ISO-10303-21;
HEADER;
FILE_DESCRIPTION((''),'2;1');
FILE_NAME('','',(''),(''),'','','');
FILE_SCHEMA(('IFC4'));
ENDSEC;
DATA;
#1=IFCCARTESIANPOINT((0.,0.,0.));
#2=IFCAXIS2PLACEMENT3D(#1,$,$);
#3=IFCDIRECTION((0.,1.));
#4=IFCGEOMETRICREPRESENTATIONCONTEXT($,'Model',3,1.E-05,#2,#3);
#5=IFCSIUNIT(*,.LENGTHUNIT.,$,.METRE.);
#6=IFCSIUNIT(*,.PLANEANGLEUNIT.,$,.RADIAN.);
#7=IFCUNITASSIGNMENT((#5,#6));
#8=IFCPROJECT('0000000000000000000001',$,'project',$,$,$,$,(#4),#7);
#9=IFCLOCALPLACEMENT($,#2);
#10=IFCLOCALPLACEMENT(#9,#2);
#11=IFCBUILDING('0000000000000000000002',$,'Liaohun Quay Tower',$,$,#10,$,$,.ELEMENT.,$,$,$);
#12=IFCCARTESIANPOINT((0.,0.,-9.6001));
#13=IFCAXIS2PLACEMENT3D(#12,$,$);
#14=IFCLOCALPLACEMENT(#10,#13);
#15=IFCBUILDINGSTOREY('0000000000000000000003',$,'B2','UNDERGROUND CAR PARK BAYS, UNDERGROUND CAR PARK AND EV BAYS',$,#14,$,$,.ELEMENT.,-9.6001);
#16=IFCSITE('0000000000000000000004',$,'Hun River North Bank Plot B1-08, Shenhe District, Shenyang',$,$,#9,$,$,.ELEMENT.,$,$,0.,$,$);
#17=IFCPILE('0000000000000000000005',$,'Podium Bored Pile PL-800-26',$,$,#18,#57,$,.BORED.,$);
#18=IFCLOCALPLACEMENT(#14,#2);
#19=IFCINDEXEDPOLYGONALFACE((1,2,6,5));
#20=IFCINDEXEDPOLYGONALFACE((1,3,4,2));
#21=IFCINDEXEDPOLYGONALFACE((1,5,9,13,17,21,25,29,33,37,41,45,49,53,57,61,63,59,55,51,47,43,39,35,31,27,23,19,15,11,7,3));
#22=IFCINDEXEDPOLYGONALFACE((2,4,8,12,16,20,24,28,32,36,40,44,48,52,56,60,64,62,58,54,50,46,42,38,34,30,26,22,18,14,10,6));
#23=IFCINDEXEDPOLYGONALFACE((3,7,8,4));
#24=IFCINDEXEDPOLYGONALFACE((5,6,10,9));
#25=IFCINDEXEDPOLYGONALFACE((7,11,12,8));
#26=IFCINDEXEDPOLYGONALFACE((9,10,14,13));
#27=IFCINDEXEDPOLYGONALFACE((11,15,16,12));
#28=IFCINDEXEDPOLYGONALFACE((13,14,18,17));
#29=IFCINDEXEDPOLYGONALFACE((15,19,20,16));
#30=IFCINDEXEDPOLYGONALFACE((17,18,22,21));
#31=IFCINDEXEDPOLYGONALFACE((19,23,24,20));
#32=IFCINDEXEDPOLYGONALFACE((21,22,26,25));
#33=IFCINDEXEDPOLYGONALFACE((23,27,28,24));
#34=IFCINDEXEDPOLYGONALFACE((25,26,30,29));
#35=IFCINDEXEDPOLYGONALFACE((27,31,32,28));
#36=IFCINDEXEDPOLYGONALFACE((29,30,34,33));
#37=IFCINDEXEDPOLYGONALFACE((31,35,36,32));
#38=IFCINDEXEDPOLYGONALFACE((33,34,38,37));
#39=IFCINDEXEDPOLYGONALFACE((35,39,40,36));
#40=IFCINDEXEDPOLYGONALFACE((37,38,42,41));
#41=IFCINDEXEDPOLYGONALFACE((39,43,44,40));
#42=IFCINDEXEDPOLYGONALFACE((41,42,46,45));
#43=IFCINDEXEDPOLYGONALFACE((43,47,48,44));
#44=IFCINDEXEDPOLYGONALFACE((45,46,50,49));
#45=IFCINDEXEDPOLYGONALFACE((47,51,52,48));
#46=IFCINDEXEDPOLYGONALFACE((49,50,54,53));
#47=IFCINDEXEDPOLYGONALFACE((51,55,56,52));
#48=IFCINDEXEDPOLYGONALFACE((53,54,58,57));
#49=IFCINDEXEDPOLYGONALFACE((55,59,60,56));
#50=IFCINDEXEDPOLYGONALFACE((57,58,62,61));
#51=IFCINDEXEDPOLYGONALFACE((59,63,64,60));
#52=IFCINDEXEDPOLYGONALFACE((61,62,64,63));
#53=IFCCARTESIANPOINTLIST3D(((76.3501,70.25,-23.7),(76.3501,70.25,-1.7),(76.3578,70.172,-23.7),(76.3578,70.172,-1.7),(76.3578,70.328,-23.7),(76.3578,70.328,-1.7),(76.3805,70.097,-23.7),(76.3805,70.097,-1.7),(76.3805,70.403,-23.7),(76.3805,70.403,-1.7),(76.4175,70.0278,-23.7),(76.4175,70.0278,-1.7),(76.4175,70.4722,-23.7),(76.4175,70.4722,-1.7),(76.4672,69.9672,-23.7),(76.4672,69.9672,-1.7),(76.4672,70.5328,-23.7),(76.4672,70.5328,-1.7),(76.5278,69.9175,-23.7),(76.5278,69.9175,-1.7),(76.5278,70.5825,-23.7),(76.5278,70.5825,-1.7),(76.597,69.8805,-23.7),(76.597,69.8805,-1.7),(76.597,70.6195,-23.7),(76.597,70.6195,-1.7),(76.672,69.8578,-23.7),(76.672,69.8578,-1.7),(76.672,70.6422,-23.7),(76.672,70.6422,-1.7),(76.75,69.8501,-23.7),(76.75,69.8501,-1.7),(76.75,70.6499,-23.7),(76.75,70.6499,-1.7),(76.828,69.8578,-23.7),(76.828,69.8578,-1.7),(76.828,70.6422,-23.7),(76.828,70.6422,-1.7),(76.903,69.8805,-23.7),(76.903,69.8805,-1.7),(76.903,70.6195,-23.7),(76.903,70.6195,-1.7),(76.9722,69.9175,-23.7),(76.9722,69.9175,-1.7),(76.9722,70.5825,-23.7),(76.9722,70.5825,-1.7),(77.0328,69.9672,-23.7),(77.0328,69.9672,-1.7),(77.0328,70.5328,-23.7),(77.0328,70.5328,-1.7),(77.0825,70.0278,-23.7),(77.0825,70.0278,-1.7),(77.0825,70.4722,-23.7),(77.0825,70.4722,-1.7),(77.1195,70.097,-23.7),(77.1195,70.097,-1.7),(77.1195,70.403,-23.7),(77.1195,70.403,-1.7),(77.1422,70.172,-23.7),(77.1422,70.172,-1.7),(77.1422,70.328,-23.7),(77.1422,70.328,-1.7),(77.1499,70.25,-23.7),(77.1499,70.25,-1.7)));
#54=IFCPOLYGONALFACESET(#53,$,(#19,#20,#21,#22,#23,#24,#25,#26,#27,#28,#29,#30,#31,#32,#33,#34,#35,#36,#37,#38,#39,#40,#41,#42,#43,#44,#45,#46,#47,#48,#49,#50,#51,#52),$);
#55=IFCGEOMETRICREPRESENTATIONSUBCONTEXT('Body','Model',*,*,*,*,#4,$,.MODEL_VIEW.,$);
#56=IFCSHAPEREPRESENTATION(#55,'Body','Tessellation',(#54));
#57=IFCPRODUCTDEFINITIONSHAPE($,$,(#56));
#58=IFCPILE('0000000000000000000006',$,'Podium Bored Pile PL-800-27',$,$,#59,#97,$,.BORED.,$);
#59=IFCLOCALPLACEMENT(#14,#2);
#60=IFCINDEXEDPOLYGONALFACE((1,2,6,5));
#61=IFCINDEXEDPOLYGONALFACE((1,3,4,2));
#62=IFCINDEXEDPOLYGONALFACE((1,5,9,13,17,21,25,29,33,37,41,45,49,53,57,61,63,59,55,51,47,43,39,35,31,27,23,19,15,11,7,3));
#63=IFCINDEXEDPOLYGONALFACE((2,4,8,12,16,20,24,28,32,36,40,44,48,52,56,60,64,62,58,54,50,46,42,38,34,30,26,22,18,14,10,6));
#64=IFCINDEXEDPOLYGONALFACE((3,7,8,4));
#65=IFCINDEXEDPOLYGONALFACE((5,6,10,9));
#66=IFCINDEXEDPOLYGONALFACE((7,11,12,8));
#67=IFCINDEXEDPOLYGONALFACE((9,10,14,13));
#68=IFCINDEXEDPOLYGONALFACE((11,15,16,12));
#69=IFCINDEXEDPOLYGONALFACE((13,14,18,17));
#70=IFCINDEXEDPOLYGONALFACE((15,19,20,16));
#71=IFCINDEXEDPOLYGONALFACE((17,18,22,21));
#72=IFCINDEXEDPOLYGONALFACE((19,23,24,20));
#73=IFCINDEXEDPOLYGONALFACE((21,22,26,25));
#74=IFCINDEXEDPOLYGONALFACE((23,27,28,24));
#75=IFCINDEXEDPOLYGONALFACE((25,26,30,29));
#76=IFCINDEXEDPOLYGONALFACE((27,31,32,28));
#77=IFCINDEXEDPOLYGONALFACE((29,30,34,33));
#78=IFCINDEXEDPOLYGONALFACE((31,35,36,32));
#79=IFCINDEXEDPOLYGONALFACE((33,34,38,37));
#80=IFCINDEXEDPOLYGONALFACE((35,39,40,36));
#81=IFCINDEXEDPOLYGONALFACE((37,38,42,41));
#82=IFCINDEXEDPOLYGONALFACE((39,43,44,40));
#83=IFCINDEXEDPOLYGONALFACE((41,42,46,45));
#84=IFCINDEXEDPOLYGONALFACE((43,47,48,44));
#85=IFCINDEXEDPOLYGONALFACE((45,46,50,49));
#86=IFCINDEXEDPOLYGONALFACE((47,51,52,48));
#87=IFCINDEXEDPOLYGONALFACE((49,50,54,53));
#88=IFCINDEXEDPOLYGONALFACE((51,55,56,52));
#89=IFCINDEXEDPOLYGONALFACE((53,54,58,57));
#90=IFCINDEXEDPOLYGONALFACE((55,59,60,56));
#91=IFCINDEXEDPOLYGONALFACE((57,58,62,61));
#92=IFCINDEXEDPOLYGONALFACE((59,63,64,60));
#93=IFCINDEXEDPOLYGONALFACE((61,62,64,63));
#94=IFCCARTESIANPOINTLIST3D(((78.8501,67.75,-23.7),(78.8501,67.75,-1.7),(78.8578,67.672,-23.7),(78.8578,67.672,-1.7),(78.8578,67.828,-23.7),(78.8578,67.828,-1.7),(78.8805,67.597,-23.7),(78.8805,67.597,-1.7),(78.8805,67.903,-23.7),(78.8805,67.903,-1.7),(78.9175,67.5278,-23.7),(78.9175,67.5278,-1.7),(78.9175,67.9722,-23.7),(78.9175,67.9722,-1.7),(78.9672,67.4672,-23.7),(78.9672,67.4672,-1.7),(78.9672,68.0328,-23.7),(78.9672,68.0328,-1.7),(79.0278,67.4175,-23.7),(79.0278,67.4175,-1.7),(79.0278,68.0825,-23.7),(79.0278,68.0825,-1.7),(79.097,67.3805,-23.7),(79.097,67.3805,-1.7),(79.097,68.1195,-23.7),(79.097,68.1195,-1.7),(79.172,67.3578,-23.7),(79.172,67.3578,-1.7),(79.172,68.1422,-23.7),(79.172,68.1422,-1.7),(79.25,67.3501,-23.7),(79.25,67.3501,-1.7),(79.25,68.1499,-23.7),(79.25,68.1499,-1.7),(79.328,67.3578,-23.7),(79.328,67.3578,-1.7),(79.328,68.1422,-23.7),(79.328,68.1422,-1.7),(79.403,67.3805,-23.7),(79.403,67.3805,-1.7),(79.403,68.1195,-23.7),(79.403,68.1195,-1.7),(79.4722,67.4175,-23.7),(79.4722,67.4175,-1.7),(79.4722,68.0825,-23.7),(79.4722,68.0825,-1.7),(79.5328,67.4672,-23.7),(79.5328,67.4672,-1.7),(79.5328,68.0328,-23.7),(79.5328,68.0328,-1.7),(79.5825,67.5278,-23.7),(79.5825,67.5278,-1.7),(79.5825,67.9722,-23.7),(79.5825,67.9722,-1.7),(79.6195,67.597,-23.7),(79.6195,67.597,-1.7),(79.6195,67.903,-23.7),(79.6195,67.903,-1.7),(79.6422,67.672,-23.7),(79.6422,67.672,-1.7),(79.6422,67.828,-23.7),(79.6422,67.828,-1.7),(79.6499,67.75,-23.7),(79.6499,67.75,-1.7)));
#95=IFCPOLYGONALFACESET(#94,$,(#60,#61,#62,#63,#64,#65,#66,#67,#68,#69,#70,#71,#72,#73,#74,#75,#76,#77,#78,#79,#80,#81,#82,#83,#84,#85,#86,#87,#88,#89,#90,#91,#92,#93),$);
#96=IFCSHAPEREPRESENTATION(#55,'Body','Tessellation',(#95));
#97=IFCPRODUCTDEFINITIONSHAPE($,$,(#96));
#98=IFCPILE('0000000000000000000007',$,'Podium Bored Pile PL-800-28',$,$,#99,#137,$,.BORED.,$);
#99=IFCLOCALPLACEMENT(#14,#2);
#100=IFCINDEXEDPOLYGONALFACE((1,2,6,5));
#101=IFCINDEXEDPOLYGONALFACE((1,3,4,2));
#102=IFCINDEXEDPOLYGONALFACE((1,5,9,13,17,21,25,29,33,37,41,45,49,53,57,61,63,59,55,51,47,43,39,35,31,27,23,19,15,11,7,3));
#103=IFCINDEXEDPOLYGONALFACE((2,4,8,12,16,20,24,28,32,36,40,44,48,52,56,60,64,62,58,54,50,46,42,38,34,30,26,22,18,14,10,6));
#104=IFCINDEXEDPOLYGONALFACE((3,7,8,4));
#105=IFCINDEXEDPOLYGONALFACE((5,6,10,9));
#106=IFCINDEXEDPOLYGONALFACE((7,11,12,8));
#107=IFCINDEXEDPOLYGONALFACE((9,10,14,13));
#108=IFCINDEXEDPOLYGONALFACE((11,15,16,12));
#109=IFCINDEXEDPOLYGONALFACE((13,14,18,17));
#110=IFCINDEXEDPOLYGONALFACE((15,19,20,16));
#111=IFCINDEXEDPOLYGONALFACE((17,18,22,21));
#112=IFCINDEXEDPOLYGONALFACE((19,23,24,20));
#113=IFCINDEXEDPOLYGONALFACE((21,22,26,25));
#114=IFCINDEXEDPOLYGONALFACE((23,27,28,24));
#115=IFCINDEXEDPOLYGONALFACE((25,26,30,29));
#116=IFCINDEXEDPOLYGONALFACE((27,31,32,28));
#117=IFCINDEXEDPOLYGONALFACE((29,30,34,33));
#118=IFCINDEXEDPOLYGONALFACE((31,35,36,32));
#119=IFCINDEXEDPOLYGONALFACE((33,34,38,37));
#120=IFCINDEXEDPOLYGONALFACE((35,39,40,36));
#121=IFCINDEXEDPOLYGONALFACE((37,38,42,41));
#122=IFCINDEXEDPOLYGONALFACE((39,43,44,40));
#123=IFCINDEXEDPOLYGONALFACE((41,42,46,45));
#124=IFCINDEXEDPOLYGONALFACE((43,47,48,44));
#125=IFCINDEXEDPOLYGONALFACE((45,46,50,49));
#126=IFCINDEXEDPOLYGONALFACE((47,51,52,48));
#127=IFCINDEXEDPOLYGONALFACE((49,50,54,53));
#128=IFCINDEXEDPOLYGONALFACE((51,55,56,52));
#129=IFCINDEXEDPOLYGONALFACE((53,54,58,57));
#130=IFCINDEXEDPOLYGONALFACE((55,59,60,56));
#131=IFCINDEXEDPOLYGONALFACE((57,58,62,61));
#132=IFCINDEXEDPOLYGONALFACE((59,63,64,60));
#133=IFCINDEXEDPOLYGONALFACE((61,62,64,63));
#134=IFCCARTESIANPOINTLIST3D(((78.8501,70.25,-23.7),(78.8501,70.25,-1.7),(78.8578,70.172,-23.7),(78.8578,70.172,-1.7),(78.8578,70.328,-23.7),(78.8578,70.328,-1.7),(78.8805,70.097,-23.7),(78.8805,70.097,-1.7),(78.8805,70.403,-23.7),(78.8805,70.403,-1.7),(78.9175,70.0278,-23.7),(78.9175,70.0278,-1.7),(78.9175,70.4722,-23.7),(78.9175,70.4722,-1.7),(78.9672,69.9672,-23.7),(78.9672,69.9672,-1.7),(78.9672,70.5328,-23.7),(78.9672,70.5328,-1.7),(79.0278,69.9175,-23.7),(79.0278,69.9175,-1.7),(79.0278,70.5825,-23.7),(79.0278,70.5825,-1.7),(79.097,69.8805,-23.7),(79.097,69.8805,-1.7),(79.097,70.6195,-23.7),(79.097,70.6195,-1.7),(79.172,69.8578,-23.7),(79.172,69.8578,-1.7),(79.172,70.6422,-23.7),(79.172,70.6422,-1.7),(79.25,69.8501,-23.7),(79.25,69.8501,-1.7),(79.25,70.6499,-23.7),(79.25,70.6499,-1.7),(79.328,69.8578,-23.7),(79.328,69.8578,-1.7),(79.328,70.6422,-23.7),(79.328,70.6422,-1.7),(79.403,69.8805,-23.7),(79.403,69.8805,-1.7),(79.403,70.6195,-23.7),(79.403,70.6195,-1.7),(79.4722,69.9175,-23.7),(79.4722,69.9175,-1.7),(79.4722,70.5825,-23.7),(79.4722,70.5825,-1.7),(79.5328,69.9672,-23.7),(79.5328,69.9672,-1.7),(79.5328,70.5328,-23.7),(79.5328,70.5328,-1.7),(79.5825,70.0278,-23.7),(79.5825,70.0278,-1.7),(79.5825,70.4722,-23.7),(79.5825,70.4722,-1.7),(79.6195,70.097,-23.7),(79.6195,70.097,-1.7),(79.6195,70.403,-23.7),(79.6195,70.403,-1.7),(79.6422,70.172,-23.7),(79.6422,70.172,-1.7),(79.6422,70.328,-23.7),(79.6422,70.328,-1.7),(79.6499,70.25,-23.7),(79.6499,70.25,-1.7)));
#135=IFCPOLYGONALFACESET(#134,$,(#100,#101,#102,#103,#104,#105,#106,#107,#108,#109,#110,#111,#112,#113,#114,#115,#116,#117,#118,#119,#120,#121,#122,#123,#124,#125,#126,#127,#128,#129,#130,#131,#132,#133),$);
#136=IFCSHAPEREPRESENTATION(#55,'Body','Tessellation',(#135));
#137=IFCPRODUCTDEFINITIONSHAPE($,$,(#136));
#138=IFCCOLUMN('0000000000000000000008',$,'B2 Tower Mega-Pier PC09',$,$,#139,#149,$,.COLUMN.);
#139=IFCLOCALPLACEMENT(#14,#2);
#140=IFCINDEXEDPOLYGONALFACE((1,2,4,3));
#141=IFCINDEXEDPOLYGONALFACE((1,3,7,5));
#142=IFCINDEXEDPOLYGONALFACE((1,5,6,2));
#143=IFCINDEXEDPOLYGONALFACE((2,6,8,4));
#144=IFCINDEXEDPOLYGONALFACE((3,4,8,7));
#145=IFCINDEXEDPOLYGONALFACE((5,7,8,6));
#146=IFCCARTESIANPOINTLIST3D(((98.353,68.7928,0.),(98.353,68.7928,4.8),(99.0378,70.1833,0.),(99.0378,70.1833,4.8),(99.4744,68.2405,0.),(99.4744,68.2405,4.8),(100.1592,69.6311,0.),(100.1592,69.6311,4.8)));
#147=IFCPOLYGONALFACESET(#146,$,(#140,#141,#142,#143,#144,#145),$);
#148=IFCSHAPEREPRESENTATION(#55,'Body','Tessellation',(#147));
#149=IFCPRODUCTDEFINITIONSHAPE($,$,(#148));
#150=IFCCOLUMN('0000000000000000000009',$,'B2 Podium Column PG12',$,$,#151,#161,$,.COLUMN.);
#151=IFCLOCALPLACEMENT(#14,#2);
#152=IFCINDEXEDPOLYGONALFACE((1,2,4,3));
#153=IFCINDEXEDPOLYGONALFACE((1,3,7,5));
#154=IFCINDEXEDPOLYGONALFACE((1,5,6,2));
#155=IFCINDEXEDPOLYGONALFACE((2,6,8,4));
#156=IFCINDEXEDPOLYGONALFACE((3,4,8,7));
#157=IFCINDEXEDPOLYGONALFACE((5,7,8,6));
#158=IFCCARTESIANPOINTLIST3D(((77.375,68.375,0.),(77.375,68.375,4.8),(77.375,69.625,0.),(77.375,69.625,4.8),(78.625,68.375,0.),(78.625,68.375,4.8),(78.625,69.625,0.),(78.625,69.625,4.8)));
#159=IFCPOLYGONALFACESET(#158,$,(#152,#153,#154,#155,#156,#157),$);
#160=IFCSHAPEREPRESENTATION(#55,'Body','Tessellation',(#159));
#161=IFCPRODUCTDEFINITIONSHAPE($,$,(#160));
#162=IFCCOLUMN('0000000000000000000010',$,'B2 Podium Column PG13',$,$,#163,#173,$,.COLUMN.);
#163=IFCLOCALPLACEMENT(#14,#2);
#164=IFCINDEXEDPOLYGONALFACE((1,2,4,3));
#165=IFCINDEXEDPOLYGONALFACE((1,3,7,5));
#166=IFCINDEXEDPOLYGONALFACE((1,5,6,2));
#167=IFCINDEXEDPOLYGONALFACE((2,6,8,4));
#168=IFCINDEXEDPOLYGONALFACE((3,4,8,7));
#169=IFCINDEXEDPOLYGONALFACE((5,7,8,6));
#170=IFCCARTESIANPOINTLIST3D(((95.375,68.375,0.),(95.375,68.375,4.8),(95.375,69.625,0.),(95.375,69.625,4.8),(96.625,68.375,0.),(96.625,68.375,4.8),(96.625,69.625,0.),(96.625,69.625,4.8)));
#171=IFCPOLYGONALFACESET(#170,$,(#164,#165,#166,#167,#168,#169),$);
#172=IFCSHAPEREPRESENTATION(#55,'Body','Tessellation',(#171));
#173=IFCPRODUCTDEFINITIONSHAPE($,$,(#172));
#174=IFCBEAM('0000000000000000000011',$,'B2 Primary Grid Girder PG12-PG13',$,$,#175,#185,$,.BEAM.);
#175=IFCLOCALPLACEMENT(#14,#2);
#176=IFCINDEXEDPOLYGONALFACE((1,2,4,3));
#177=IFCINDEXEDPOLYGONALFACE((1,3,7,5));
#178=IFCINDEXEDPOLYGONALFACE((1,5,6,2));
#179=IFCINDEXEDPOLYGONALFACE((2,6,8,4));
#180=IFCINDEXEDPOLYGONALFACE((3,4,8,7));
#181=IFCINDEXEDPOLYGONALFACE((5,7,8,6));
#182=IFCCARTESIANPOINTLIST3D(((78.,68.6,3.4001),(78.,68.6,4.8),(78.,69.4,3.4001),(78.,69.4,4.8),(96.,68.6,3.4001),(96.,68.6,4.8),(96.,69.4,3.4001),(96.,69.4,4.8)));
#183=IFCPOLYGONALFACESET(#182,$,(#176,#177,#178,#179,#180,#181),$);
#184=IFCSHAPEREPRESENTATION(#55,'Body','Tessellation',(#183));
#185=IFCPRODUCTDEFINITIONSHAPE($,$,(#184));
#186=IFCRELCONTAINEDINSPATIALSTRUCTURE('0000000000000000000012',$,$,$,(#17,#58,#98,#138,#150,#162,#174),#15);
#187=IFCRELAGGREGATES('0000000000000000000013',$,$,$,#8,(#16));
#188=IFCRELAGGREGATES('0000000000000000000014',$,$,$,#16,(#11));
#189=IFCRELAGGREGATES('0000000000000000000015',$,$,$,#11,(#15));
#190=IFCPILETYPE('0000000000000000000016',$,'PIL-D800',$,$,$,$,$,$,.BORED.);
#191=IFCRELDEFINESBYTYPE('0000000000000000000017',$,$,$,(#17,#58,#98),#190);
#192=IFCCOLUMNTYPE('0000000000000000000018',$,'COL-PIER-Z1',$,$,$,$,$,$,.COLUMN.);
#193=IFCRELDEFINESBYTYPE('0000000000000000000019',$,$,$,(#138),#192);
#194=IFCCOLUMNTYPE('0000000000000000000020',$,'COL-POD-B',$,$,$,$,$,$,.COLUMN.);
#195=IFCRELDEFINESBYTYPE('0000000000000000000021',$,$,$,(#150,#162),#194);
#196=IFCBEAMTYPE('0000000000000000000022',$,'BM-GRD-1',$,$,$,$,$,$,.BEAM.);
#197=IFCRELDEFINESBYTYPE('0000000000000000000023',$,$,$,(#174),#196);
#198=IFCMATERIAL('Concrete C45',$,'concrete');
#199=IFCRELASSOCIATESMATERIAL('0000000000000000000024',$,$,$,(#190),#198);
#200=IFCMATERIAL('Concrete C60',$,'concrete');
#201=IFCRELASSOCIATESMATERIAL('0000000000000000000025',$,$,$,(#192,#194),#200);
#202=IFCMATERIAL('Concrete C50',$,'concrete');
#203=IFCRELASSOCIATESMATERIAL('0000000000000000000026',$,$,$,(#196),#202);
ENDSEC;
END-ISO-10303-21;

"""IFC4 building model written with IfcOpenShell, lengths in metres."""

from ifc_helpers import new_model, si_unit, direction, frame, origin, origin_2d, place, context, subcontext, project, spatial, rectangle, circle, extrude, source, transform, mapped, material, material_profile, profile_set, type_object, element, save


model = new_model("IFC4")

# Units and contexts
model_context = context("Model", 3, precision=1e-05, world=origin(), true_north=direction((0.0, 1.0)))
body_context = subcontext(model_context, "Body", "Model", "MODEL_VIEW")
ifc_project = project(units=[si_unit("LENGTHUNIT", "METRE"), si_unit("PLANEANGLEUNIT", "RADIAN")], contexts=[model_context])

# Site, building, storey
site_placement = place(None, origin())
site = spatial("IfcSite", under=ifc_project, at=site_placement, Name="Hun River North Bank Plot B1-08, Shenhe District, Shenyang", CompositionType="ELEMENT", RefElevation=0.0)
building_placement = place(site_placement, origin())
building = spatial("IfcBuilding", under=site, at=building_placement, Name="Liaohun Quay Tower", CompositionType="ELEMENT")
storey_placement = place(building_placement, frame((0.0, 0.0, -9.6001)))
storey = spatial("IfcBuildingStorey", under=building, at=storey_placement, Name="B2", Description="UNDERGROUND CAR PARK BAYS, UNDERGROUND CAR PARK AND EV BAYS", CompositionType="ELEMENT", Elevation=-9.6001)

# Shared definitions
ifc_material_1 = material(Name="Concrete C50", Category="concrete")

# Shared definitions
ifc_material_2 = material(Name="Concrete C45", Category="concrete")

# Piles
ifc_material_profile_1 = material_profile(ifc_material_2, circle(Radius=0.3999, at=origin_2d()), Name="PILE-D800")
ifc_profile_set_1 = profile_set([ifc_material_profile_1], Name="Concrete C45")
pile_type_1 = type_object("IfcPileType", Name="PIL-D800", PredefinedType="BORED", material=ifc_profile_set_1)
shared_shape_1 = source(origin(), body_context, "Body", "SweptSolid", [
    extrude(circle(Radius=0.3999, at=origin_2d()), origin(), (0.0, 0.0, 1.0), 22.0),
])
for number, where, z_axis, x_axis, name in (
    (1, (76.75, 70.25, -1.7), (0.0, 0.0, -1.0), (1.0, 0.0, 0.0), "Podium Bored Pile PL-800-26"),
    (2, (79.25, 67.75, -1.7), (0.0, 0.0, -1.0), (1.0, 0.0, 0.0), "Podium Bored Pile PL-800-27"),
    (3, (79.25, 70.25, -1.7), (0.0, 0.0, -1.0), (1.0, 0.0, 0.0), "Podium Bored Pile PL-800-28"),
):
    element("IfcPile", number, at=place(storey_placement, frame(where, z_axis=z_axis, x_axis=x_axis)), inside=storey, type_object=pile_type_1, Name=name, PredefinedType="BORED", context=body_context, shape_type="MappedRepresentation", body=[
        mapped(shared_shape_1, transform((0.0, 0.0, 0.0), x_axis=(1.0, 0.0, 0.0), y_axis=(0.0, 1.0, 0.0), z_axis=(0.0, 0.0, 1.0), scale=1.0)),
    ])

# Columns
ifc_material_3 = material(Name="Concrete C60", Category="concrete")
ifc_material_profile_2 = material_profile(ifc_material_3, rectangle(XDim=1.55, YDim=1.25, at=origin_2d()), Name="RC1550x1250")
ifc_profile_set_2 = profile_set([ifc_material_profile_2], Name="Concrete C60")
column_type_1 = type_object("IfcColumnType", Name="COL-PIER-Z1", PredefinedType="COLUMN", material=ifc_profile_set_2)
shared_shape_2 = source(origin(), body_context, "Body", "SweptSolid", [
    extrude(rectangle(XDim=1.55, YDim=1.25, at=origin_2d()), origin(), (0.0, 0.0, 1.0), 4.8),
])
column_placement = place(storey_placement, frame((99.2561, 69.2119, 0.0), z_axis=(0.0, 0.0, 1.0), x_axis=(0.441819, 0.897104, 0.0)))
element("IfcColumn", 4, at=column_placement, inside=storey, type_object=column_type_1, Name="B2 Tower Mega-Pier PC09", PredefinedType="COLUMN", context=body_context, shape_type="MappedRepresentation", body=[
    mapped(shared_shape_2, transform((0.0, 0.0, 0.0), x_axis=(1.0, 0.0, 0.0), y_axis=(0.0, 1.0, 0.0), z_axis=(0.0, 0.0, 1.0), scale=1.0)),
])
ifc_material_profile_3 = material_profile(ifc_material_3, rectangle(XDim=1.25, YDim=1.25, at=origin_2d()), Name="RC1250x1250")
ifc_profile_set_3 = profile_set([ifc_material_profile_3], Name="Concrete C60")
column_type_2 = type_object("IfcColumnType", Name="COL-POD-B", PredefinedType="COLUMN", material=ifc_profile_set_3)
shared_shape_3 = source(origin(), body_context, "Body", "SweptSolid", [
    extrude(rectangle(XDim=1.25, YDim=1.25, at=origin_2d()), origin(), (0.0, 0.0, 1.0), 4.8),
])
for number, where, z_axis, x_axis, name in (
    (5, (78.0, 69.0, 0.0), (0.0, 0.0, 1.0), (1.0, 0.0, 0.0), "B2 Podium Column PG12"),
    (6, (96.0, 69.0, 0.0), (0.0, 0.0, 1.0), (1.0, 0.0, 0.0), "B2 Podium Column PG13"),
):
    element("IfcColumn", number, at=place(storey_placement, frame(where, z_axis=z_axis, x_axis=x_axis)), inside=storey, type_object=column_type_2, Name=name, PredefinedType="COLUMN", context=body_context, shape_type="MappedRepresentation", body=[
        mapped(shared_shape_3, transform((0.0, 0.0, 0.0), x_axis=(1.0, 0.0, 0.0), y_axis=(0.0, 1.0, 0.0), z_axis=(0.0, 0.0, 1.0), scale=1.0)),
    ])

# Beam
ifc_material_profile_4 = material_profile(ifc_material_1, rectangle(XDim=0.8, YDim=1.3999, at=origin_2d()), Name="RC800x1400")
ifc_profile_set_4 = profile_set([ifc_material_profile_4], Name="Concrete C50")
beam_type_1 = type_object("IfcBeamType", Name="BM-GRD-1", PredefinedType="BEAM", material=ifc_profile_set_4)
shared_shape_4 = source(origin(), body_context, "Body", "SweptSolid", [
    extrude(rectangle(XDim=0.8, YDim=1.3999, at=origin_2d()), origin(), (0.0, 0.0, 1.0), 18.0),
])
beam_1_placement = place(storey_placement, frame((78.0, 69.0, 4.1001), z_axis=(1.0, 0.0, 0.0), x_axis=(0.0, 1.0, 0.0)))
element("IfcBeam", 7, at=beam_1_placement, inside=storey, type_object=beam_type_1, Name="B2 Primary Grid Girder PG12-PG13", PredefinedType="BEAM", context=body_context, shape_type="MappedRepresentation", body=[
    mapped(shared_shape_4, transform((0.0, 0.0, 0.0), x_axis=(1.0, 0.0, 0.0), y_axis=(0.0, 1.0, 0.0), z_axis=(0.0, 0.0, 1.0), scale=1.0)),
])

save(model, "model.ifc")
